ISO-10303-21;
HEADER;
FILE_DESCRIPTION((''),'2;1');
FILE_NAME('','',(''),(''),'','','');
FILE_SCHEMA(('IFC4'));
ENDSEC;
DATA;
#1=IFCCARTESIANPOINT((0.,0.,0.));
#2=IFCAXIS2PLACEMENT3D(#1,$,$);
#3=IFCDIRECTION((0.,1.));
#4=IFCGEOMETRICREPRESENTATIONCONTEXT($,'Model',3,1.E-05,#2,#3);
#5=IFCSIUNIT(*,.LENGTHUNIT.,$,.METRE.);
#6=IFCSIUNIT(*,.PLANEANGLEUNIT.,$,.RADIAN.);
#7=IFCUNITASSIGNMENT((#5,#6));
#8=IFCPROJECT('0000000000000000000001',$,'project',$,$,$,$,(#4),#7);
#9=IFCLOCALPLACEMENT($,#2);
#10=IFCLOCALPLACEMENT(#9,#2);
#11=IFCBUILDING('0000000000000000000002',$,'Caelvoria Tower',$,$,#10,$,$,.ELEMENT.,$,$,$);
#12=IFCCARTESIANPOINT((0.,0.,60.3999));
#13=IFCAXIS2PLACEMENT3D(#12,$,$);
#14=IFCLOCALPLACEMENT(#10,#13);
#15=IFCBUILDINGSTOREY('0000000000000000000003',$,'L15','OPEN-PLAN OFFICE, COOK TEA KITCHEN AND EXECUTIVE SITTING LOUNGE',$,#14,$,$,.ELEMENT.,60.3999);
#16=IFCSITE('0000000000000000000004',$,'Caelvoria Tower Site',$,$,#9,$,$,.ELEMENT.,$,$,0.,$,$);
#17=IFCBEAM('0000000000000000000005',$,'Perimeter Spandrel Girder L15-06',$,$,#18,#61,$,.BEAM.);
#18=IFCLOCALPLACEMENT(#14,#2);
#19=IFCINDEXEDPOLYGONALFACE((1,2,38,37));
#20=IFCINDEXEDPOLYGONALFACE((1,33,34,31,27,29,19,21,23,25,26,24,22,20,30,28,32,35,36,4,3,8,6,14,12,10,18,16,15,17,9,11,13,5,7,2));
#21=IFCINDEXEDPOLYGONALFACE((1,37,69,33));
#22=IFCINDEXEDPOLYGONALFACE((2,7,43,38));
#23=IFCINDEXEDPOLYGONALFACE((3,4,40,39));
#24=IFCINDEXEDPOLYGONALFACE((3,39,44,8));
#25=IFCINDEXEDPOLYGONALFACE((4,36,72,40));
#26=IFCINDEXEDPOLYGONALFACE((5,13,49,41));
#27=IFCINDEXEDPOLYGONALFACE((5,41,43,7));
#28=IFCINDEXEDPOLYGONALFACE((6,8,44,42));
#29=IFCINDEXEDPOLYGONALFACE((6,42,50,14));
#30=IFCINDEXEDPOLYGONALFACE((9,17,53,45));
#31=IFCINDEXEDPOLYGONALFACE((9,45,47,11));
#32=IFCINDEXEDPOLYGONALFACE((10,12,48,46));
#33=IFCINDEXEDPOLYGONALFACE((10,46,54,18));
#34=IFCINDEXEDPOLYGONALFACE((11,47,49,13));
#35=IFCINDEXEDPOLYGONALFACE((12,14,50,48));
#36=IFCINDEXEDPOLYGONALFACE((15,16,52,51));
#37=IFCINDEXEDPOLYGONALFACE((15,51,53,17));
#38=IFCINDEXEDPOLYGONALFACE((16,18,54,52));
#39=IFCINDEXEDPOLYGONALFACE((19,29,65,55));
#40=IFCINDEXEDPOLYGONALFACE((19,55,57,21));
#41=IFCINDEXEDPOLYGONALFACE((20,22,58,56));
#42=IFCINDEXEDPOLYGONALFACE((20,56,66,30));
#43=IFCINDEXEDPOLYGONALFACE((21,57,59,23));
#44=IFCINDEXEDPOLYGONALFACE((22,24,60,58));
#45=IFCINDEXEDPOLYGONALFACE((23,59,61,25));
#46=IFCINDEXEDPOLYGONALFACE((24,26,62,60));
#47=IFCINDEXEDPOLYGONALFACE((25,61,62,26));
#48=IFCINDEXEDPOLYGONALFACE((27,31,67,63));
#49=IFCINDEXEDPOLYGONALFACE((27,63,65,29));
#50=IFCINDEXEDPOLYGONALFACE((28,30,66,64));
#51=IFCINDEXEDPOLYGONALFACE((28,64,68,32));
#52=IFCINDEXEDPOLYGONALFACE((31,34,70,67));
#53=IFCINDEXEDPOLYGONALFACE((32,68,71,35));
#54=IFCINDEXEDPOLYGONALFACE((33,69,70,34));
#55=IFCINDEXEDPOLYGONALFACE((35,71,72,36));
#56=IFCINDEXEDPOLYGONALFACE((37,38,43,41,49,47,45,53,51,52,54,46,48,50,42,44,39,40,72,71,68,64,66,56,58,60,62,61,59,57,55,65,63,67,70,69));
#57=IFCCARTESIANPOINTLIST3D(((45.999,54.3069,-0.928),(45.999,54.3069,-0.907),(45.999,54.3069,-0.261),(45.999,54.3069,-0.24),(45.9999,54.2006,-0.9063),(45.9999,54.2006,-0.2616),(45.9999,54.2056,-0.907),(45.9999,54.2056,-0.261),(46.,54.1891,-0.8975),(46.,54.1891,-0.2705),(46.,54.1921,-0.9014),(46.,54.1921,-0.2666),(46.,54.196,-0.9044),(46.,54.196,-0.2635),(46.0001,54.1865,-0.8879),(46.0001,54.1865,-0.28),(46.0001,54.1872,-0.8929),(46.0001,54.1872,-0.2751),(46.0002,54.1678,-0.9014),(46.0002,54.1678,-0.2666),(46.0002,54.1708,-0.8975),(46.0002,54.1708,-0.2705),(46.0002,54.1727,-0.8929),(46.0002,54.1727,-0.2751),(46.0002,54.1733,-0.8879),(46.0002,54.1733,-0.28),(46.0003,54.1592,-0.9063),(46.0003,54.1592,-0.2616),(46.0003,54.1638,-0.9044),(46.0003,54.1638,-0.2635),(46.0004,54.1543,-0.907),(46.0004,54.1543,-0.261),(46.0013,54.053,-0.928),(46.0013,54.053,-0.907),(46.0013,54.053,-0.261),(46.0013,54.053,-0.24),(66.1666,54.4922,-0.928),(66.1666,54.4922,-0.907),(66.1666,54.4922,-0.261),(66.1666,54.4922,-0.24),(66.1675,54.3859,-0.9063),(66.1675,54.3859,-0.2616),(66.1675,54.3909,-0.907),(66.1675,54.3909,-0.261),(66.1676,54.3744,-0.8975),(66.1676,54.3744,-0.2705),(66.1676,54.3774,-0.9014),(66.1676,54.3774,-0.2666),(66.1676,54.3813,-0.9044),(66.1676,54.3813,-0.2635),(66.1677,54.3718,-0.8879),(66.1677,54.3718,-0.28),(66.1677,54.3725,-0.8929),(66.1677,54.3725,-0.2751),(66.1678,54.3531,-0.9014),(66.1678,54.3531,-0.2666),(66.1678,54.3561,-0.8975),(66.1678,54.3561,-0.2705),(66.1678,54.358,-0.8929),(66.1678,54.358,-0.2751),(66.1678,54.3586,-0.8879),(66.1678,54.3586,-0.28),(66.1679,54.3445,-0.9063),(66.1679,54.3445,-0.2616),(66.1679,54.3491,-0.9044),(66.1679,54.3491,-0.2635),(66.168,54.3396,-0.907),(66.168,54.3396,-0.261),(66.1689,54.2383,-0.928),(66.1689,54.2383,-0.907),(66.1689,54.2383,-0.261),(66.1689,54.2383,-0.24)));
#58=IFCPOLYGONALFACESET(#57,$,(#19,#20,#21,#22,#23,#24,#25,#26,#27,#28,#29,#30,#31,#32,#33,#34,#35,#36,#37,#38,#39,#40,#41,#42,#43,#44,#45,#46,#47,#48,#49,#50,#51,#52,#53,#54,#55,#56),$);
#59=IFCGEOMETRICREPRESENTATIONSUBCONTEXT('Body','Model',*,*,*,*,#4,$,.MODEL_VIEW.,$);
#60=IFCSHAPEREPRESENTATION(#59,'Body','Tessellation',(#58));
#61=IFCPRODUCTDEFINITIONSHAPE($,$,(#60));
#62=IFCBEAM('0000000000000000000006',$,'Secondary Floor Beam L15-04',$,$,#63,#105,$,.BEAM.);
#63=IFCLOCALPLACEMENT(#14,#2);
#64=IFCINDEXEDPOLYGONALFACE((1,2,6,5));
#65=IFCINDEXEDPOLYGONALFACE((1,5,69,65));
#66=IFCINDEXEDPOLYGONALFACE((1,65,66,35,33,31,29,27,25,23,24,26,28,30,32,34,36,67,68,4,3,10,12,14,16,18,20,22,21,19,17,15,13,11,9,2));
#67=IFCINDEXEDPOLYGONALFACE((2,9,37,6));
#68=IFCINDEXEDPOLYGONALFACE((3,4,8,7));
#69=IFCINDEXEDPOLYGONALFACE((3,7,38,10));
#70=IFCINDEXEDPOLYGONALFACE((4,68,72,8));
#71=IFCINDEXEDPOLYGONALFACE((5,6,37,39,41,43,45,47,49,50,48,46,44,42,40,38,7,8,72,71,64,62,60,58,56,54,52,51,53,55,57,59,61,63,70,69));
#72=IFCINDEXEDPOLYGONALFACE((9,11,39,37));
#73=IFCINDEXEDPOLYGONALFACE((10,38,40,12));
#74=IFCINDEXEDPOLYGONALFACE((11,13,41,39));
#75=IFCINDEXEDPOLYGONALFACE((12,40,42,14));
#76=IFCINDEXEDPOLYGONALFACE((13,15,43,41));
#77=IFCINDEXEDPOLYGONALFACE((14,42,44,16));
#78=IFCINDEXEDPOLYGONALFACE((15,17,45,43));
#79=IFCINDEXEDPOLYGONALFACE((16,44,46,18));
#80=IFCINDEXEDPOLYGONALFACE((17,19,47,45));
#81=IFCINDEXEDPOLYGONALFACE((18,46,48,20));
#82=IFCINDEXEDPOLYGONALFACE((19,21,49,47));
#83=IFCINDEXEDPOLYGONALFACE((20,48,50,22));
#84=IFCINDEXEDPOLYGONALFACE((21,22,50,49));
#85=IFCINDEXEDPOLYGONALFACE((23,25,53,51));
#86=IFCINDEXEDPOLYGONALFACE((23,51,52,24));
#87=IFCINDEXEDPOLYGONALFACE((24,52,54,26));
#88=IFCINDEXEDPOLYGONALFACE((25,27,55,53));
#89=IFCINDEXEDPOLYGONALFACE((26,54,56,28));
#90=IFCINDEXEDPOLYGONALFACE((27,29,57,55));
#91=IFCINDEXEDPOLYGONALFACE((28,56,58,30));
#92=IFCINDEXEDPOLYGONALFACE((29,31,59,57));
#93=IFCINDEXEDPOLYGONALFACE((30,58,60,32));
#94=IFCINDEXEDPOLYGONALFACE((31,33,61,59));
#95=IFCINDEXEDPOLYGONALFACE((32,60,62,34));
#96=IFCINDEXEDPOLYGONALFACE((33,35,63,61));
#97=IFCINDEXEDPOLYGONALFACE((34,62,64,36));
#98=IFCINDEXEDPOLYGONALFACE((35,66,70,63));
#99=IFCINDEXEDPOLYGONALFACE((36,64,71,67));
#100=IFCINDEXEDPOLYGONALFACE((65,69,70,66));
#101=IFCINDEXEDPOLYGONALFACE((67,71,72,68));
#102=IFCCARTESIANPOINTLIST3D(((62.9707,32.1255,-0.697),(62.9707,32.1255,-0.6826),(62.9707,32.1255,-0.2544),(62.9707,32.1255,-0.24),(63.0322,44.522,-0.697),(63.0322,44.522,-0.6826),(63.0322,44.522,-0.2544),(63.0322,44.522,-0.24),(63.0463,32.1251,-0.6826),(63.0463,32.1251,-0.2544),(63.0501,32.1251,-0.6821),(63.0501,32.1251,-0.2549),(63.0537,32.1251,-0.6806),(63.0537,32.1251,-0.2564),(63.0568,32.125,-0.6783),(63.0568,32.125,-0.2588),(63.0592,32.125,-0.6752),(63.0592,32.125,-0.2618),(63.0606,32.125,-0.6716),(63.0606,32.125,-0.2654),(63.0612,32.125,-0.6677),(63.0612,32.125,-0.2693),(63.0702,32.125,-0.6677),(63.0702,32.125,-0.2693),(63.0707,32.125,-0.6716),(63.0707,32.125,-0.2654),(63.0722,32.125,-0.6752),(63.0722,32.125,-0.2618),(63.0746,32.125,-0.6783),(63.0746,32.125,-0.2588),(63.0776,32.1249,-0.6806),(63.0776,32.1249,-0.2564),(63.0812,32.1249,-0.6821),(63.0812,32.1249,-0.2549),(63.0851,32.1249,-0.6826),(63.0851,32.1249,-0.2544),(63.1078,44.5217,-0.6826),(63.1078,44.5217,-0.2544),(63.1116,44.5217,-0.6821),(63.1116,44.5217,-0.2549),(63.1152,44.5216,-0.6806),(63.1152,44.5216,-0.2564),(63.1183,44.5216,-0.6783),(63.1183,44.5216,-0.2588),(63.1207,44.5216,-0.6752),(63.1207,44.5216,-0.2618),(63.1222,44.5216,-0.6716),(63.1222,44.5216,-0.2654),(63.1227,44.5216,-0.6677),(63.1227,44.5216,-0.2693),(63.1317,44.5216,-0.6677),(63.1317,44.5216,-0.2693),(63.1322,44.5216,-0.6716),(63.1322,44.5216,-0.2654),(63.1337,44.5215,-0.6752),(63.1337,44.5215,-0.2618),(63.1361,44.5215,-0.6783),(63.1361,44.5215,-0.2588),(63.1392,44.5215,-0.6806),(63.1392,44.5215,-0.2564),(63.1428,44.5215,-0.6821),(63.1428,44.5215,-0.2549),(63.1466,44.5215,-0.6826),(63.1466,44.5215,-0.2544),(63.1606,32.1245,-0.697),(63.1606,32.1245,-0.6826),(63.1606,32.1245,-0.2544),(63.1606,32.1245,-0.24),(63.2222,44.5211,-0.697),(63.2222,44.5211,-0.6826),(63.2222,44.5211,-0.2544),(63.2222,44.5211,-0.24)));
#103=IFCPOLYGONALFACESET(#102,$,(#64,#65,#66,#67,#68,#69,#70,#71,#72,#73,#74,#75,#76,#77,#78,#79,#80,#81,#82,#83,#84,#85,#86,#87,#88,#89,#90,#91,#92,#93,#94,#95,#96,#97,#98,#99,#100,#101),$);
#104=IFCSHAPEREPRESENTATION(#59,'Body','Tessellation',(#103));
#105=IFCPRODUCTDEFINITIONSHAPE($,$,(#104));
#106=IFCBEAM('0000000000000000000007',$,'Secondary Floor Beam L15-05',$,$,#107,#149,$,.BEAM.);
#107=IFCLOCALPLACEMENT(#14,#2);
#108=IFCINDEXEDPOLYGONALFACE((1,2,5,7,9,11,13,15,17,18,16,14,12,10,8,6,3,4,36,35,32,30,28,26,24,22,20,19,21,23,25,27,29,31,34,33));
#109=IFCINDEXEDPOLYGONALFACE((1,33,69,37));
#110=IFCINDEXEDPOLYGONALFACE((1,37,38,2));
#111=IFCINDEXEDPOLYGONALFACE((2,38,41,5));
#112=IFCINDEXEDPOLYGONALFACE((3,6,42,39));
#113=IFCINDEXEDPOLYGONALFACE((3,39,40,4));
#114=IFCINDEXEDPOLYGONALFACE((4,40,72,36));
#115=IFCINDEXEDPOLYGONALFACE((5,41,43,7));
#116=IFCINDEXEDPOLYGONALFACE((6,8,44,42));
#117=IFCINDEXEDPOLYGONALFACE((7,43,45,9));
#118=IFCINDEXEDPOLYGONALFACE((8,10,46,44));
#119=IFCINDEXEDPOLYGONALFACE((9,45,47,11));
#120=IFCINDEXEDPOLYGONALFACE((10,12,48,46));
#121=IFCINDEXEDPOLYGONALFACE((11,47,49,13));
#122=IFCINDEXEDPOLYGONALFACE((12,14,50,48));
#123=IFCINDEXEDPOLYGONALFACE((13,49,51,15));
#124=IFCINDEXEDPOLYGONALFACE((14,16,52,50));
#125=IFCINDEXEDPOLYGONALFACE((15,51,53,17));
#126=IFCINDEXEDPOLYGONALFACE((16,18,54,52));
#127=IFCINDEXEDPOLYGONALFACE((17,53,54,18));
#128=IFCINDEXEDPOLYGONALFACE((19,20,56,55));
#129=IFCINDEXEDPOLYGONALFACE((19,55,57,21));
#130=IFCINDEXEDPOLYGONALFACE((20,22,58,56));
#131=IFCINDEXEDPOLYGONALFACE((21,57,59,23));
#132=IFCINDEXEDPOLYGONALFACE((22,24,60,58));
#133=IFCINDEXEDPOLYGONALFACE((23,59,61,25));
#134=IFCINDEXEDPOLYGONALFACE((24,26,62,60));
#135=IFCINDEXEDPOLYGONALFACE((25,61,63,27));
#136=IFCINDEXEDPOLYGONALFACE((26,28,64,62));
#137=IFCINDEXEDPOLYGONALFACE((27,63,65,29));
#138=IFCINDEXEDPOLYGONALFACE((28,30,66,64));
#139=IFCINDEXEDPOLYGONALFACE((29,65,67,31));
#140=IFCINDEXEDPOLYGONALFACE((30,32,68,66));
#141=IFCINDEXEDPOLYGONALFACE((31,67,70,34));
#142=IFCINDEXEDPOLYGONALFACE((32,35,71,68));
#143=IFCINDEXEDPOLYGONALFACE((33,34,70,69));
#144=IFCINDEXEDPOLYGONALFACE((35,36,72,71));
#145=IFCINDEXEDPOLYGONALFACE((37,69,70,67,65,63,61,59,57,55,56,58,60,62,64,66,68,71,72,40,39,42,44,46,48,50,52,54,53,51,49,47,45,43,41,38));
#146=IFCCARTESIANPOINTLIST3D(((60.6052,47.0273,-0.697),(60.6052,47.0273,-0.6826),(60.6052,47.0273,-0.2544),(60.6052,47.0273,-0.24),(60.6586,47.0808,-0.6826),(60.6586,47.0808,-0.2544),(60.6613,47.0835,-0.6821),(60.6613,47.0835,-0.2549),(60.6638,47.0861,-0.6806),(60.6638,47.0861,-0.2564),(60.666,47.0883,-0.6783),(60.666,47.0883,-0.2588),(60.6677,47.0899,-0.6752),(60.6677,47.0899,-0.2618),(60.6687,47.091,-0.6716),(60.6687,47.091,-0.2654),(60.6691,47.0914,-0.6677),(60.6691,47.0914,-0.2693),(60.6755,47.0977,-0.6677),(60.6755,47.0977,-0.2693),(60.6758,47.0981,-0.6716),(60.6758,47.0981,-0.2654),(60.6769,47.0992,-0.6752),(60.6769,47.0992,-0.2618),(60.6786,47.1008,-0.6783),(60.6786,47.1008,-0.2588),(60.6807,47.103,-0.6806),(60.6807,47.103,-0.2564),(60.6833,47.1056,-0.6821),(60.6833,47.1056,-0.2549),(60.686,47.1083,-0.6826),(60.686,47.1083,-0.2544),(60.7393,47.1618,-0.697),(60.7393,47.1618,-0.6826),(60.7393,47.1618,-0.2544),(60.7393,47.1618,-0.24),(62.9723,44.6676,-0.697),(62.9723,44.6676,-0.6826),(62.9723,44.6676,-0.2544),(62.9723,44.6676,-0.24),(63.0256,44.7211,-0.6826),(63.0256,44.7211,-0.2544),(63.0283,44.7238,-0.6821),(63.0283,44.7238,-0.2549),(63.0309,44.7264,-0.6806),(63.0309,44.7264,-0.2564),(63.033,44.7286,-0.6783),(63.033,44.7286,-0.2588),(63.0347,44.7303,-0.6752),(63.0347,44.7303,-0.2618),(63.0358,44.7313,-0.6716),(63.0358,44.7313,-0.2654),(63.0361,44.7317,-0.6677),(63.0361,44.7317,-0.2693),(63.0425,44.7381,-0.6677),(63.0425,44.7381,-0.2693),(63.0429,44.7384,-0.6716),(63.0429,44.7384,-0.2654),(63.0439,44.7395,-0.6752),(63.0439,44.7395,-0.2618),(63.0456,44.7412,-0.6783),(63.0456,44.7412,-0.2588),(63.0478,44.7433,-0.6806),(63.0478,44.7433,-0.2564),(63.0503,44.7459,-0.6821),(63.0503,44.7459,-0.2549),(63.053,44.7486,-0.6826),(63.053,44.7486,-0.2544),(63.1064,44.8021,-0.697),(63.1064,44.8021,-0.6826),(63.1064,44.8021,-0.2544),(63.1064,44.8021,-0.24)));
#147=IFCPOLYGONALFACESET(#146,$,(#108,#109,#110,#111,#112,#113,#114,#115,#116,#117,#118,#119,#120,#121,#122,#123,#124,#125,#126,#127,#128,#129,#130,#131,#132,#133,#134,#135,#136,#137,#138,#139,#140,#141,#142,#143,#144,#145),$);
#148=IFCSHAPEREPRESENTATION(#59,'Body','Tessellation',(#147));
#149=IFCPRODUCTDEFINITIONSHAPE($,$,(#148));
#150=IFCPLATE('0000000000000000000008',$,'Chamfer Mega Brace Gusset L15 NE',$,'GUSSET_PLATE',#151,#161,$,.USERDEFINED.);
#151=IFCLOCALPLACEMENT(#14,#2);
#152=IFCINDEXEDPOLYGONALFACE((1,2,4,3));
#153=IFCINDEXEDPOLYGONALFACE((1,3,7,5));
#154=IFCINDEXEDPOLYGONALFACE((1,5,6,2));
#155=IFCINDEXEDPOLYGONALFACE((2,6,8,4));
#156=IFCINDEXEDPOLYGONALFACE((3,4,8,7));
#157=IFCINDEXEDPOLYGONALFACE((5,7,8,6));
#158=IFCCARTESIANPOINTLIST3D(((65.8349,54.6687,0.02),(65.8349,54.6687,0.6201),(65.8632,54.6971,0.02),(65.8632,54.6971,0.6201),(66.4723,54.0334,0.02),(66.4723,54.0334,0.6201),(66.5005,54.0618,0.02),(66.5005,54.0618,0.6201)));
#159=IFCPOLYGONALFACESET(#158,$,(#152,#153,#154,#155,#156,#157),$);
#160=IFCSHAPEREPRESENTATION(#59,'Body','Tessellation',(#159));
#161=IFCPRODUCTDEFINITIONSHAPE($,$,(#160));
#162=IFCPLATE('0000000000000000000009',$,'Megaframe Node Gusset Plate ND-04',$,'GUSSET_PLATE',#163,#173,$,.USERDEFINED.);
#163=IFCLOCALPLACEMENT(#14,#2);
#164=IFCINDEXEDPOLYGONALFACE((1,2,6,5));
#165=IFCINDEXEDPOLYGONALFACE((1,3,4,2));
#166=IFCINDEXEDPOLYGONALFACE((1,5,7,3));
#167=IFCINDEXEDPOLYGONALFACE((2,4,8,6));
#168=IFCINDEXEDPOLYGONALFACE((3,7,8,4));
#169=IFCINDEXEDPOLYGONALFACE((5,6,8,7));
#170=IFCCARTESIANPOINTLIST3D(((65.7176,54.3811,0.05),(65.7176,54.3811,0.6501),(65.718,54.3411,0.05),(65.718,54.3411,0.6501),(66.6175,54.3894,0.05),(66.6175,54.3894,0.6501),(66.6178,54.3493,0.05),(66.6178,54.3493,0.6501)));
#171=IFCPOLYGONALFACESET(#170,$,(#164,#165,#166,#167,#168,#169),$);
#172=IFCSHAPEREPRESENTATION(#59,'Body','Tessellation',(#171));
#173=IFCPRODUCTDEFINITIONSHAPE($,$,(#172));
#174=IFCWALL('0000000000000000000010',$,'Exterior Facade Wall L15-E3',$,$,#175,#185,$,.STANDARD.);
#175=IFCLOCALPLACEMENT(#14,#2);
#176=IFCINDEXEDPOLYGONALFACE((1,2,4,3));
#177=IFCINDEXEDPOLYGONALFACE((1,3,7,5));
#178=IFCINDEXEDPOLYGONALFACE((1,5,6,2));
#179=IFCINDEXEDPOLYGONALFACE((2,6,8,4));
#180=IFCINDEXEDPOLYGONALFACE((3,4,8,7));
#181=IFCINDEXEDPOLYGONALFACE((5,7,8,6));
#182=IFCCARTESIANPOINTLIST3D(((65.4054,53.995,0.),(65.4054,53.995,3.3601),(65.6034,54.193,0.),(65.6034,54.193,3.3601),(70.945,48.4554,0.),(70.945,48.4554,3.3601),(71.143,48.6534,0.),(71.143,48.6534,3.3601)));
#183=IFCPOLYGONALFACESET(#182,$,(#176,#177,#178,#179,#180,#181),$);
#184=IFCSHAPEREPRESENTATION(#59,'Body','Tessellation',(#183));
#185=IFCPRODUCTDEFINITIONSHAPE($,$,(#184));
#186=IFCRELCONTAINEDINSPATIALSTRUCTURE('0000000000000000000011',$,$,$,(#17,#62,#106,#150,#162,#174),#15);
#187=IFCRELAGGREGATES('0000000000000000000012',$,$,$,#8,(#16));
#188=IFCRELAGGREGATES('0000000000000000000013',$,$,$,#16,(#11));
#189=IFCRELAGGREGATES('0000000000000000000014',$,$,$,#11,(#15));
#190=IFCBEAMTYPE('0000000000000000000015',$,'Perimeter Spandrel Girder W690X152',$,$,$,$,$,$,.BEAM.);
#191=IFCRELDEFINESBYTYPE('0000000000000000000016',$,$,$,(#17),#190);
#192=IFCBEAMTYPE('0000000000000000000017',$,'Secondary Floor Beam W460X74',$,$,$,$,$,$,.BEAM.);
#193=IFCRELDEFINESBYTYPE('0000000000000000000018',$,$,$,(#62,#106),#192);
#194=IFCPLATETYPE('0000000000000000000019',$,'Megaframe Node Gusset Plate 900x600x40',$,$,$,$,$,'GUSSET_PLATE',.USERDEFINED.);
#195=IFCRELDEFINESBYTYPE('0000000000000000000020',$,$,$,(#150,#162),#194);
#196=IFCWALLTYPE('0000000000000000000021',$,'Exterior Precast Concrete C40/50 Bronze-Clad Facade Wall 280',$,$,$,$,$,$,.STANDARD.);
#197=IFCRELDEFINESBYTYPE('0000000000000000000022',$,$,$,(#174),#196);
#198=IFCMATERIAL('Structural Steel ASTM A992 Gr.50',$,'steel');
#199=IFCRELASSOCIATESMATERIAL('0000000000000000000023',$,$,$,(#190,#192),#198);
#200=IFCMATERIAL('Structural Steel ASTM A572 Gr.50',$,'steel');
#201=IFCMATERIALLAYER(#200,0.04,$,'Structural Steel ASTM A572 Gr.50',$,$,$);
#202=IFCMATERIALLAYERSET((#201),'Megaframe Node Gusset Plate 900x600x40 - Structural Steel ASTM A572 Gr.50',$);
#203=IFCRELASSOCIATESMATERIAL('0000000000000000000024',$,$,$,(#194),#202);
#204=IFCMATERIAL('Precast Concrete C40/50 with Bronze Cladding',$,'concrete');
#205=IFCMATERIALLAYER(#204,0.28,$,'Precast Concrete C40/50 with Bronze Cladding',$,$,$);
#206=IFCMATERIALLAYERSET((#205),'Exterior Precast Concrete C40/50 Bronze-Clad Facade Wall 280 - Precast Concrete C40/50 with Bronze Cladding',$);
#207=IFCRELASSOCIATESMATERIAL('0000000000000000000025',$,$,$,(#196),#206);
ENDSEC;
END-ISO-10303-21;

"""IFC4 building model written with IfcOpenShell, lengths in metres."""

from ifc_helpers import new_model, si_unit, direction, frame, frame_2d, origin, origin_2d, place, context, subcontext, project, spatial, rectangle, i_section, extrude, material, layer, layer_set, material_profile, profile_set, type_object, element, save


model = new_model("IFC4")

# Units and contexts
model_context = context("Model", 3, precision=1e-05, world=origin(), true_north=direction((0.0, 1.0)))
body_context = subcontext(model_context, "Body", "Model", "MODEL_VIEW")
ifc_project = project(units=[si_unit("LENGTHUNIT", "METRE"), si_unit("PLANEANGLEUNIT", "RADIAN")], contexts=[model_context])

# Site, building, storey
site_placement = place(None, origin())
site = spatial("IfcSite", under=ifc_project, at=site_placement, Name="Caelvoria Tower Site", CompositionType="ELEMENT", RefElevation=0.0)
building_placement = place(site_placement, origin())
building = spatial("IfcBuilding", under=site, at=building_placement, Name="Caelvoria Tower", CompositionType="ELEMENT")
storey_placement = place(building_placement, frame((0.0, 0.0, 60.3999)))
storey = spatial("IfcBuildingStorey", under=building, at=storey_placement, Name="L15", Description="OPEN-PLAN OFFICE, COOK TEA KITCHEN AND EXECUTIVE SITTING LOUNGE", CompositionType="ELEMENT", Elevation=60.3999)

# Shared definitions
ifc_material_1 = material(Name="Structural Steel ASTM A572 Gr.50", Category="steel")

# Beams
ifc_material_2 = material(Name="Structural Steel ASTM A992 Gr.50", Category="steel")
ifc_material_profile_1 = material_profile(ifc_material_2, i_section(OverallWidth=0.2539, OverallDepth=0.688, WebThickness=0.0132, FlangeThickness=0.021, FilletRadius=0.019, at=origin_2d()), Name="Structural Steel ASTM A992 Gr.50")
ifc_profile_set_1 = profile_set([ifc_material_profile_1], Name="W690X152 - Structural Steel ASTM A992 Gr.50")
beam_type_1 = type_object("IfcBeamType", Name="Perimeter Spandrel Girder W690X152", PredefinedType="BEAM", material=ifc_profile_set_1)
beam_1_placement = place(storey_placement, frame((66.1677, 54.3652, -0.584), z_axis=(-0.999958, -0.009188, 0.0), x_axis=(0.009188, -0.999958, 0.0)))
element("IfcBeam", 1, at=beam_1_placement, inside=storey, type_object=beam_type_1, Name="Perimeter Spandrel Girder L15-06", PredefinedType="BEAM", context=body_context, shape_type="SweptSolid", body=[
    extrude(i_section(OverallWidth=0.2539, OverallDepth=0.688, WebThickness=0.0132, FlangeThickness=0.021, FilletRadius=0.019, at=origin_2d()), origin(), (0.0, 0.0, 1.0), 20.1685),
])
ifc_material_profile_2 = material_profile(ifc_material_2, i_section(OverallWidth=0.1899, OverallDepth=0.457, WebThickness=0.009, FlangeThickness=0.0144, FilletRadius=0.0149, at=origin_2d()), Name="Structural Steel ASTM A992 Gr.50")
ifc_profile_set_2 = profile_set([ifc_material_profile_2], Name="W460X74 - Structural Steel ASTM A992 Gr.50")
beam_type_2 = type_object("IfcBeamType", Name="Secondary Floor Beam W460X74", PredefinedType="BEAM", material=ifc_profile_set_2)
beam_2_placement = place(storey_placement, frame((63.0657, 32.125, -0.4685), z_axis=(0.004963, 0.999988, 0.0), x_axis=(-0.999988, 0.004963, 0.0)))
element("IfcBeam", 2, at=beam_2_placement, inside=storey, type_object=beam_type_2, Name="Secondary Floor Beam L15-04", PredefinedType="BEAM", context=body_context, shape_type="SweptSolid", body=[
    extrude(i_section(OverallWidth=0.1899, OverallDepth=0.457, WebThickness=0.009, FlangeThickness=0.0144, FilletRadius=0.0149, at=origin_2d()), origin(), (0.0, 0.0, 1.0), 12.3967),
])
beam_3_placement = place(storey_placement, frame((63.0393, 44.7349, -0.4685), z_axis=(-0.708202, 0.70601, 0.0), x_axis=(-0.70601, -0.708202, 0.0)))
element("IfcBeam", 3, at=beam_3_placement, inside=storey, type_object=beam_type_2, Name="Secondary Floor Beam L15-05", PredefinedType="BEAM", context=body_context, shape_type="SweptSolid", body=[
    extrude(i_section(OverallWidth=0.1899, OverallDepth=0.457, WebThickness=0.009, FlangeThickness=0.0144, FilletRadius=0.0149, at=origin_2d()), origin(), (0.0, 0.0, 1.0), 3.3423),
])

# Plates
ifc_layer_1 = layer(ifc_material_1, 0.04, Name="Structural Steel ASTM A572 Gr.50")
ifc_layer_set_1 = layer_set([ifc_layer_1], Name="Megaframe Node Gusset Plate 900x600x40 - Structural Steel ASTM A572 Gr.50")
plate_type = type_object("IfcPlateType", Name="Megaframe Node Gusset Plate 900x600x40", ElementType="GUSSET_PLATE", PredefinedType="USERDEFINED", material=ifc_layer_set_1)
for number, where, z_axis, x_axis, name in (
    (4, (66.1677, 54.3652, 0.02), (0.0, 0.0, 1.0), (0.708219, -0.705993, 0.0), "Chamfer Mega Brace Gusset L15 NE"),
    (5, (66.1677, 54.3652, 0.05), (0.0, 0.0, 1.0), (-0.999958, -0.009187, 0.0), "Megaframe Node Gusset Plate ND-04"),
):
    element("IfcPlate", number, at=place(storey_placement, frame(where, z_axis=z_axis, x_axis=x_axis)), inside=storey, type_object=plate_type, Name=name, ObjectType="GUSSET_PLATE", PredefinedType="USERDEFINED", context=body_context, shape_type="SweptSolid", body=[
        extrude(rectangle(XDim=0.8999, YDim=0.04, at=origin_2d()), origin(), (0.0, 0.0, 1.0), 0.6001),
    ])

# Wall
ifc_material_3 = material(Name="Precast Concrete C40/50 with Bronze Cladding", Category="concrete")
ifc_layer_2 = layer(ifc_material_3, 0.28, Name="Precast Concrete C40/50 with Bronze Cladding")
ifc_layer_set_2 = layer_set([ifc_layer_2], Name="Exterior Precast Concrete C40/50 Bronze-Clad Facade Wall 280 - Precast Concrete C40/50 with Bronze Cladding")
wall_type = type_object("IfcWallType", Name="Exterior Precast Concrete C40/50 Bronze-Clad Facade Wall 280", PredefinedType="STANDARD", material=ifc_layer_set_2)
wall_1_placement = place(storey_placement, frame((71.0439, 48.5544, 0.0), z_axis=(0.0, 0.0, 1.0), x_axis=(-0.707107, 0.707107, 0.0)))
element("IfcWall", 6, at=wall_1_placement, inside=storey, type_object=wall_type, Name="Exterior Facade Wall L15-E3", PredefinedType="STANDARD", context=body_context, shape_type="SweptSolid", body=[
    extrude(rectangle(XDim=7.8342, YDim=0.28, at=frame_2d((3.917, 0.0))), origin(), (0.0, 0.0, 1.0), 3.3601),
])

save(model, "model.ifc")
